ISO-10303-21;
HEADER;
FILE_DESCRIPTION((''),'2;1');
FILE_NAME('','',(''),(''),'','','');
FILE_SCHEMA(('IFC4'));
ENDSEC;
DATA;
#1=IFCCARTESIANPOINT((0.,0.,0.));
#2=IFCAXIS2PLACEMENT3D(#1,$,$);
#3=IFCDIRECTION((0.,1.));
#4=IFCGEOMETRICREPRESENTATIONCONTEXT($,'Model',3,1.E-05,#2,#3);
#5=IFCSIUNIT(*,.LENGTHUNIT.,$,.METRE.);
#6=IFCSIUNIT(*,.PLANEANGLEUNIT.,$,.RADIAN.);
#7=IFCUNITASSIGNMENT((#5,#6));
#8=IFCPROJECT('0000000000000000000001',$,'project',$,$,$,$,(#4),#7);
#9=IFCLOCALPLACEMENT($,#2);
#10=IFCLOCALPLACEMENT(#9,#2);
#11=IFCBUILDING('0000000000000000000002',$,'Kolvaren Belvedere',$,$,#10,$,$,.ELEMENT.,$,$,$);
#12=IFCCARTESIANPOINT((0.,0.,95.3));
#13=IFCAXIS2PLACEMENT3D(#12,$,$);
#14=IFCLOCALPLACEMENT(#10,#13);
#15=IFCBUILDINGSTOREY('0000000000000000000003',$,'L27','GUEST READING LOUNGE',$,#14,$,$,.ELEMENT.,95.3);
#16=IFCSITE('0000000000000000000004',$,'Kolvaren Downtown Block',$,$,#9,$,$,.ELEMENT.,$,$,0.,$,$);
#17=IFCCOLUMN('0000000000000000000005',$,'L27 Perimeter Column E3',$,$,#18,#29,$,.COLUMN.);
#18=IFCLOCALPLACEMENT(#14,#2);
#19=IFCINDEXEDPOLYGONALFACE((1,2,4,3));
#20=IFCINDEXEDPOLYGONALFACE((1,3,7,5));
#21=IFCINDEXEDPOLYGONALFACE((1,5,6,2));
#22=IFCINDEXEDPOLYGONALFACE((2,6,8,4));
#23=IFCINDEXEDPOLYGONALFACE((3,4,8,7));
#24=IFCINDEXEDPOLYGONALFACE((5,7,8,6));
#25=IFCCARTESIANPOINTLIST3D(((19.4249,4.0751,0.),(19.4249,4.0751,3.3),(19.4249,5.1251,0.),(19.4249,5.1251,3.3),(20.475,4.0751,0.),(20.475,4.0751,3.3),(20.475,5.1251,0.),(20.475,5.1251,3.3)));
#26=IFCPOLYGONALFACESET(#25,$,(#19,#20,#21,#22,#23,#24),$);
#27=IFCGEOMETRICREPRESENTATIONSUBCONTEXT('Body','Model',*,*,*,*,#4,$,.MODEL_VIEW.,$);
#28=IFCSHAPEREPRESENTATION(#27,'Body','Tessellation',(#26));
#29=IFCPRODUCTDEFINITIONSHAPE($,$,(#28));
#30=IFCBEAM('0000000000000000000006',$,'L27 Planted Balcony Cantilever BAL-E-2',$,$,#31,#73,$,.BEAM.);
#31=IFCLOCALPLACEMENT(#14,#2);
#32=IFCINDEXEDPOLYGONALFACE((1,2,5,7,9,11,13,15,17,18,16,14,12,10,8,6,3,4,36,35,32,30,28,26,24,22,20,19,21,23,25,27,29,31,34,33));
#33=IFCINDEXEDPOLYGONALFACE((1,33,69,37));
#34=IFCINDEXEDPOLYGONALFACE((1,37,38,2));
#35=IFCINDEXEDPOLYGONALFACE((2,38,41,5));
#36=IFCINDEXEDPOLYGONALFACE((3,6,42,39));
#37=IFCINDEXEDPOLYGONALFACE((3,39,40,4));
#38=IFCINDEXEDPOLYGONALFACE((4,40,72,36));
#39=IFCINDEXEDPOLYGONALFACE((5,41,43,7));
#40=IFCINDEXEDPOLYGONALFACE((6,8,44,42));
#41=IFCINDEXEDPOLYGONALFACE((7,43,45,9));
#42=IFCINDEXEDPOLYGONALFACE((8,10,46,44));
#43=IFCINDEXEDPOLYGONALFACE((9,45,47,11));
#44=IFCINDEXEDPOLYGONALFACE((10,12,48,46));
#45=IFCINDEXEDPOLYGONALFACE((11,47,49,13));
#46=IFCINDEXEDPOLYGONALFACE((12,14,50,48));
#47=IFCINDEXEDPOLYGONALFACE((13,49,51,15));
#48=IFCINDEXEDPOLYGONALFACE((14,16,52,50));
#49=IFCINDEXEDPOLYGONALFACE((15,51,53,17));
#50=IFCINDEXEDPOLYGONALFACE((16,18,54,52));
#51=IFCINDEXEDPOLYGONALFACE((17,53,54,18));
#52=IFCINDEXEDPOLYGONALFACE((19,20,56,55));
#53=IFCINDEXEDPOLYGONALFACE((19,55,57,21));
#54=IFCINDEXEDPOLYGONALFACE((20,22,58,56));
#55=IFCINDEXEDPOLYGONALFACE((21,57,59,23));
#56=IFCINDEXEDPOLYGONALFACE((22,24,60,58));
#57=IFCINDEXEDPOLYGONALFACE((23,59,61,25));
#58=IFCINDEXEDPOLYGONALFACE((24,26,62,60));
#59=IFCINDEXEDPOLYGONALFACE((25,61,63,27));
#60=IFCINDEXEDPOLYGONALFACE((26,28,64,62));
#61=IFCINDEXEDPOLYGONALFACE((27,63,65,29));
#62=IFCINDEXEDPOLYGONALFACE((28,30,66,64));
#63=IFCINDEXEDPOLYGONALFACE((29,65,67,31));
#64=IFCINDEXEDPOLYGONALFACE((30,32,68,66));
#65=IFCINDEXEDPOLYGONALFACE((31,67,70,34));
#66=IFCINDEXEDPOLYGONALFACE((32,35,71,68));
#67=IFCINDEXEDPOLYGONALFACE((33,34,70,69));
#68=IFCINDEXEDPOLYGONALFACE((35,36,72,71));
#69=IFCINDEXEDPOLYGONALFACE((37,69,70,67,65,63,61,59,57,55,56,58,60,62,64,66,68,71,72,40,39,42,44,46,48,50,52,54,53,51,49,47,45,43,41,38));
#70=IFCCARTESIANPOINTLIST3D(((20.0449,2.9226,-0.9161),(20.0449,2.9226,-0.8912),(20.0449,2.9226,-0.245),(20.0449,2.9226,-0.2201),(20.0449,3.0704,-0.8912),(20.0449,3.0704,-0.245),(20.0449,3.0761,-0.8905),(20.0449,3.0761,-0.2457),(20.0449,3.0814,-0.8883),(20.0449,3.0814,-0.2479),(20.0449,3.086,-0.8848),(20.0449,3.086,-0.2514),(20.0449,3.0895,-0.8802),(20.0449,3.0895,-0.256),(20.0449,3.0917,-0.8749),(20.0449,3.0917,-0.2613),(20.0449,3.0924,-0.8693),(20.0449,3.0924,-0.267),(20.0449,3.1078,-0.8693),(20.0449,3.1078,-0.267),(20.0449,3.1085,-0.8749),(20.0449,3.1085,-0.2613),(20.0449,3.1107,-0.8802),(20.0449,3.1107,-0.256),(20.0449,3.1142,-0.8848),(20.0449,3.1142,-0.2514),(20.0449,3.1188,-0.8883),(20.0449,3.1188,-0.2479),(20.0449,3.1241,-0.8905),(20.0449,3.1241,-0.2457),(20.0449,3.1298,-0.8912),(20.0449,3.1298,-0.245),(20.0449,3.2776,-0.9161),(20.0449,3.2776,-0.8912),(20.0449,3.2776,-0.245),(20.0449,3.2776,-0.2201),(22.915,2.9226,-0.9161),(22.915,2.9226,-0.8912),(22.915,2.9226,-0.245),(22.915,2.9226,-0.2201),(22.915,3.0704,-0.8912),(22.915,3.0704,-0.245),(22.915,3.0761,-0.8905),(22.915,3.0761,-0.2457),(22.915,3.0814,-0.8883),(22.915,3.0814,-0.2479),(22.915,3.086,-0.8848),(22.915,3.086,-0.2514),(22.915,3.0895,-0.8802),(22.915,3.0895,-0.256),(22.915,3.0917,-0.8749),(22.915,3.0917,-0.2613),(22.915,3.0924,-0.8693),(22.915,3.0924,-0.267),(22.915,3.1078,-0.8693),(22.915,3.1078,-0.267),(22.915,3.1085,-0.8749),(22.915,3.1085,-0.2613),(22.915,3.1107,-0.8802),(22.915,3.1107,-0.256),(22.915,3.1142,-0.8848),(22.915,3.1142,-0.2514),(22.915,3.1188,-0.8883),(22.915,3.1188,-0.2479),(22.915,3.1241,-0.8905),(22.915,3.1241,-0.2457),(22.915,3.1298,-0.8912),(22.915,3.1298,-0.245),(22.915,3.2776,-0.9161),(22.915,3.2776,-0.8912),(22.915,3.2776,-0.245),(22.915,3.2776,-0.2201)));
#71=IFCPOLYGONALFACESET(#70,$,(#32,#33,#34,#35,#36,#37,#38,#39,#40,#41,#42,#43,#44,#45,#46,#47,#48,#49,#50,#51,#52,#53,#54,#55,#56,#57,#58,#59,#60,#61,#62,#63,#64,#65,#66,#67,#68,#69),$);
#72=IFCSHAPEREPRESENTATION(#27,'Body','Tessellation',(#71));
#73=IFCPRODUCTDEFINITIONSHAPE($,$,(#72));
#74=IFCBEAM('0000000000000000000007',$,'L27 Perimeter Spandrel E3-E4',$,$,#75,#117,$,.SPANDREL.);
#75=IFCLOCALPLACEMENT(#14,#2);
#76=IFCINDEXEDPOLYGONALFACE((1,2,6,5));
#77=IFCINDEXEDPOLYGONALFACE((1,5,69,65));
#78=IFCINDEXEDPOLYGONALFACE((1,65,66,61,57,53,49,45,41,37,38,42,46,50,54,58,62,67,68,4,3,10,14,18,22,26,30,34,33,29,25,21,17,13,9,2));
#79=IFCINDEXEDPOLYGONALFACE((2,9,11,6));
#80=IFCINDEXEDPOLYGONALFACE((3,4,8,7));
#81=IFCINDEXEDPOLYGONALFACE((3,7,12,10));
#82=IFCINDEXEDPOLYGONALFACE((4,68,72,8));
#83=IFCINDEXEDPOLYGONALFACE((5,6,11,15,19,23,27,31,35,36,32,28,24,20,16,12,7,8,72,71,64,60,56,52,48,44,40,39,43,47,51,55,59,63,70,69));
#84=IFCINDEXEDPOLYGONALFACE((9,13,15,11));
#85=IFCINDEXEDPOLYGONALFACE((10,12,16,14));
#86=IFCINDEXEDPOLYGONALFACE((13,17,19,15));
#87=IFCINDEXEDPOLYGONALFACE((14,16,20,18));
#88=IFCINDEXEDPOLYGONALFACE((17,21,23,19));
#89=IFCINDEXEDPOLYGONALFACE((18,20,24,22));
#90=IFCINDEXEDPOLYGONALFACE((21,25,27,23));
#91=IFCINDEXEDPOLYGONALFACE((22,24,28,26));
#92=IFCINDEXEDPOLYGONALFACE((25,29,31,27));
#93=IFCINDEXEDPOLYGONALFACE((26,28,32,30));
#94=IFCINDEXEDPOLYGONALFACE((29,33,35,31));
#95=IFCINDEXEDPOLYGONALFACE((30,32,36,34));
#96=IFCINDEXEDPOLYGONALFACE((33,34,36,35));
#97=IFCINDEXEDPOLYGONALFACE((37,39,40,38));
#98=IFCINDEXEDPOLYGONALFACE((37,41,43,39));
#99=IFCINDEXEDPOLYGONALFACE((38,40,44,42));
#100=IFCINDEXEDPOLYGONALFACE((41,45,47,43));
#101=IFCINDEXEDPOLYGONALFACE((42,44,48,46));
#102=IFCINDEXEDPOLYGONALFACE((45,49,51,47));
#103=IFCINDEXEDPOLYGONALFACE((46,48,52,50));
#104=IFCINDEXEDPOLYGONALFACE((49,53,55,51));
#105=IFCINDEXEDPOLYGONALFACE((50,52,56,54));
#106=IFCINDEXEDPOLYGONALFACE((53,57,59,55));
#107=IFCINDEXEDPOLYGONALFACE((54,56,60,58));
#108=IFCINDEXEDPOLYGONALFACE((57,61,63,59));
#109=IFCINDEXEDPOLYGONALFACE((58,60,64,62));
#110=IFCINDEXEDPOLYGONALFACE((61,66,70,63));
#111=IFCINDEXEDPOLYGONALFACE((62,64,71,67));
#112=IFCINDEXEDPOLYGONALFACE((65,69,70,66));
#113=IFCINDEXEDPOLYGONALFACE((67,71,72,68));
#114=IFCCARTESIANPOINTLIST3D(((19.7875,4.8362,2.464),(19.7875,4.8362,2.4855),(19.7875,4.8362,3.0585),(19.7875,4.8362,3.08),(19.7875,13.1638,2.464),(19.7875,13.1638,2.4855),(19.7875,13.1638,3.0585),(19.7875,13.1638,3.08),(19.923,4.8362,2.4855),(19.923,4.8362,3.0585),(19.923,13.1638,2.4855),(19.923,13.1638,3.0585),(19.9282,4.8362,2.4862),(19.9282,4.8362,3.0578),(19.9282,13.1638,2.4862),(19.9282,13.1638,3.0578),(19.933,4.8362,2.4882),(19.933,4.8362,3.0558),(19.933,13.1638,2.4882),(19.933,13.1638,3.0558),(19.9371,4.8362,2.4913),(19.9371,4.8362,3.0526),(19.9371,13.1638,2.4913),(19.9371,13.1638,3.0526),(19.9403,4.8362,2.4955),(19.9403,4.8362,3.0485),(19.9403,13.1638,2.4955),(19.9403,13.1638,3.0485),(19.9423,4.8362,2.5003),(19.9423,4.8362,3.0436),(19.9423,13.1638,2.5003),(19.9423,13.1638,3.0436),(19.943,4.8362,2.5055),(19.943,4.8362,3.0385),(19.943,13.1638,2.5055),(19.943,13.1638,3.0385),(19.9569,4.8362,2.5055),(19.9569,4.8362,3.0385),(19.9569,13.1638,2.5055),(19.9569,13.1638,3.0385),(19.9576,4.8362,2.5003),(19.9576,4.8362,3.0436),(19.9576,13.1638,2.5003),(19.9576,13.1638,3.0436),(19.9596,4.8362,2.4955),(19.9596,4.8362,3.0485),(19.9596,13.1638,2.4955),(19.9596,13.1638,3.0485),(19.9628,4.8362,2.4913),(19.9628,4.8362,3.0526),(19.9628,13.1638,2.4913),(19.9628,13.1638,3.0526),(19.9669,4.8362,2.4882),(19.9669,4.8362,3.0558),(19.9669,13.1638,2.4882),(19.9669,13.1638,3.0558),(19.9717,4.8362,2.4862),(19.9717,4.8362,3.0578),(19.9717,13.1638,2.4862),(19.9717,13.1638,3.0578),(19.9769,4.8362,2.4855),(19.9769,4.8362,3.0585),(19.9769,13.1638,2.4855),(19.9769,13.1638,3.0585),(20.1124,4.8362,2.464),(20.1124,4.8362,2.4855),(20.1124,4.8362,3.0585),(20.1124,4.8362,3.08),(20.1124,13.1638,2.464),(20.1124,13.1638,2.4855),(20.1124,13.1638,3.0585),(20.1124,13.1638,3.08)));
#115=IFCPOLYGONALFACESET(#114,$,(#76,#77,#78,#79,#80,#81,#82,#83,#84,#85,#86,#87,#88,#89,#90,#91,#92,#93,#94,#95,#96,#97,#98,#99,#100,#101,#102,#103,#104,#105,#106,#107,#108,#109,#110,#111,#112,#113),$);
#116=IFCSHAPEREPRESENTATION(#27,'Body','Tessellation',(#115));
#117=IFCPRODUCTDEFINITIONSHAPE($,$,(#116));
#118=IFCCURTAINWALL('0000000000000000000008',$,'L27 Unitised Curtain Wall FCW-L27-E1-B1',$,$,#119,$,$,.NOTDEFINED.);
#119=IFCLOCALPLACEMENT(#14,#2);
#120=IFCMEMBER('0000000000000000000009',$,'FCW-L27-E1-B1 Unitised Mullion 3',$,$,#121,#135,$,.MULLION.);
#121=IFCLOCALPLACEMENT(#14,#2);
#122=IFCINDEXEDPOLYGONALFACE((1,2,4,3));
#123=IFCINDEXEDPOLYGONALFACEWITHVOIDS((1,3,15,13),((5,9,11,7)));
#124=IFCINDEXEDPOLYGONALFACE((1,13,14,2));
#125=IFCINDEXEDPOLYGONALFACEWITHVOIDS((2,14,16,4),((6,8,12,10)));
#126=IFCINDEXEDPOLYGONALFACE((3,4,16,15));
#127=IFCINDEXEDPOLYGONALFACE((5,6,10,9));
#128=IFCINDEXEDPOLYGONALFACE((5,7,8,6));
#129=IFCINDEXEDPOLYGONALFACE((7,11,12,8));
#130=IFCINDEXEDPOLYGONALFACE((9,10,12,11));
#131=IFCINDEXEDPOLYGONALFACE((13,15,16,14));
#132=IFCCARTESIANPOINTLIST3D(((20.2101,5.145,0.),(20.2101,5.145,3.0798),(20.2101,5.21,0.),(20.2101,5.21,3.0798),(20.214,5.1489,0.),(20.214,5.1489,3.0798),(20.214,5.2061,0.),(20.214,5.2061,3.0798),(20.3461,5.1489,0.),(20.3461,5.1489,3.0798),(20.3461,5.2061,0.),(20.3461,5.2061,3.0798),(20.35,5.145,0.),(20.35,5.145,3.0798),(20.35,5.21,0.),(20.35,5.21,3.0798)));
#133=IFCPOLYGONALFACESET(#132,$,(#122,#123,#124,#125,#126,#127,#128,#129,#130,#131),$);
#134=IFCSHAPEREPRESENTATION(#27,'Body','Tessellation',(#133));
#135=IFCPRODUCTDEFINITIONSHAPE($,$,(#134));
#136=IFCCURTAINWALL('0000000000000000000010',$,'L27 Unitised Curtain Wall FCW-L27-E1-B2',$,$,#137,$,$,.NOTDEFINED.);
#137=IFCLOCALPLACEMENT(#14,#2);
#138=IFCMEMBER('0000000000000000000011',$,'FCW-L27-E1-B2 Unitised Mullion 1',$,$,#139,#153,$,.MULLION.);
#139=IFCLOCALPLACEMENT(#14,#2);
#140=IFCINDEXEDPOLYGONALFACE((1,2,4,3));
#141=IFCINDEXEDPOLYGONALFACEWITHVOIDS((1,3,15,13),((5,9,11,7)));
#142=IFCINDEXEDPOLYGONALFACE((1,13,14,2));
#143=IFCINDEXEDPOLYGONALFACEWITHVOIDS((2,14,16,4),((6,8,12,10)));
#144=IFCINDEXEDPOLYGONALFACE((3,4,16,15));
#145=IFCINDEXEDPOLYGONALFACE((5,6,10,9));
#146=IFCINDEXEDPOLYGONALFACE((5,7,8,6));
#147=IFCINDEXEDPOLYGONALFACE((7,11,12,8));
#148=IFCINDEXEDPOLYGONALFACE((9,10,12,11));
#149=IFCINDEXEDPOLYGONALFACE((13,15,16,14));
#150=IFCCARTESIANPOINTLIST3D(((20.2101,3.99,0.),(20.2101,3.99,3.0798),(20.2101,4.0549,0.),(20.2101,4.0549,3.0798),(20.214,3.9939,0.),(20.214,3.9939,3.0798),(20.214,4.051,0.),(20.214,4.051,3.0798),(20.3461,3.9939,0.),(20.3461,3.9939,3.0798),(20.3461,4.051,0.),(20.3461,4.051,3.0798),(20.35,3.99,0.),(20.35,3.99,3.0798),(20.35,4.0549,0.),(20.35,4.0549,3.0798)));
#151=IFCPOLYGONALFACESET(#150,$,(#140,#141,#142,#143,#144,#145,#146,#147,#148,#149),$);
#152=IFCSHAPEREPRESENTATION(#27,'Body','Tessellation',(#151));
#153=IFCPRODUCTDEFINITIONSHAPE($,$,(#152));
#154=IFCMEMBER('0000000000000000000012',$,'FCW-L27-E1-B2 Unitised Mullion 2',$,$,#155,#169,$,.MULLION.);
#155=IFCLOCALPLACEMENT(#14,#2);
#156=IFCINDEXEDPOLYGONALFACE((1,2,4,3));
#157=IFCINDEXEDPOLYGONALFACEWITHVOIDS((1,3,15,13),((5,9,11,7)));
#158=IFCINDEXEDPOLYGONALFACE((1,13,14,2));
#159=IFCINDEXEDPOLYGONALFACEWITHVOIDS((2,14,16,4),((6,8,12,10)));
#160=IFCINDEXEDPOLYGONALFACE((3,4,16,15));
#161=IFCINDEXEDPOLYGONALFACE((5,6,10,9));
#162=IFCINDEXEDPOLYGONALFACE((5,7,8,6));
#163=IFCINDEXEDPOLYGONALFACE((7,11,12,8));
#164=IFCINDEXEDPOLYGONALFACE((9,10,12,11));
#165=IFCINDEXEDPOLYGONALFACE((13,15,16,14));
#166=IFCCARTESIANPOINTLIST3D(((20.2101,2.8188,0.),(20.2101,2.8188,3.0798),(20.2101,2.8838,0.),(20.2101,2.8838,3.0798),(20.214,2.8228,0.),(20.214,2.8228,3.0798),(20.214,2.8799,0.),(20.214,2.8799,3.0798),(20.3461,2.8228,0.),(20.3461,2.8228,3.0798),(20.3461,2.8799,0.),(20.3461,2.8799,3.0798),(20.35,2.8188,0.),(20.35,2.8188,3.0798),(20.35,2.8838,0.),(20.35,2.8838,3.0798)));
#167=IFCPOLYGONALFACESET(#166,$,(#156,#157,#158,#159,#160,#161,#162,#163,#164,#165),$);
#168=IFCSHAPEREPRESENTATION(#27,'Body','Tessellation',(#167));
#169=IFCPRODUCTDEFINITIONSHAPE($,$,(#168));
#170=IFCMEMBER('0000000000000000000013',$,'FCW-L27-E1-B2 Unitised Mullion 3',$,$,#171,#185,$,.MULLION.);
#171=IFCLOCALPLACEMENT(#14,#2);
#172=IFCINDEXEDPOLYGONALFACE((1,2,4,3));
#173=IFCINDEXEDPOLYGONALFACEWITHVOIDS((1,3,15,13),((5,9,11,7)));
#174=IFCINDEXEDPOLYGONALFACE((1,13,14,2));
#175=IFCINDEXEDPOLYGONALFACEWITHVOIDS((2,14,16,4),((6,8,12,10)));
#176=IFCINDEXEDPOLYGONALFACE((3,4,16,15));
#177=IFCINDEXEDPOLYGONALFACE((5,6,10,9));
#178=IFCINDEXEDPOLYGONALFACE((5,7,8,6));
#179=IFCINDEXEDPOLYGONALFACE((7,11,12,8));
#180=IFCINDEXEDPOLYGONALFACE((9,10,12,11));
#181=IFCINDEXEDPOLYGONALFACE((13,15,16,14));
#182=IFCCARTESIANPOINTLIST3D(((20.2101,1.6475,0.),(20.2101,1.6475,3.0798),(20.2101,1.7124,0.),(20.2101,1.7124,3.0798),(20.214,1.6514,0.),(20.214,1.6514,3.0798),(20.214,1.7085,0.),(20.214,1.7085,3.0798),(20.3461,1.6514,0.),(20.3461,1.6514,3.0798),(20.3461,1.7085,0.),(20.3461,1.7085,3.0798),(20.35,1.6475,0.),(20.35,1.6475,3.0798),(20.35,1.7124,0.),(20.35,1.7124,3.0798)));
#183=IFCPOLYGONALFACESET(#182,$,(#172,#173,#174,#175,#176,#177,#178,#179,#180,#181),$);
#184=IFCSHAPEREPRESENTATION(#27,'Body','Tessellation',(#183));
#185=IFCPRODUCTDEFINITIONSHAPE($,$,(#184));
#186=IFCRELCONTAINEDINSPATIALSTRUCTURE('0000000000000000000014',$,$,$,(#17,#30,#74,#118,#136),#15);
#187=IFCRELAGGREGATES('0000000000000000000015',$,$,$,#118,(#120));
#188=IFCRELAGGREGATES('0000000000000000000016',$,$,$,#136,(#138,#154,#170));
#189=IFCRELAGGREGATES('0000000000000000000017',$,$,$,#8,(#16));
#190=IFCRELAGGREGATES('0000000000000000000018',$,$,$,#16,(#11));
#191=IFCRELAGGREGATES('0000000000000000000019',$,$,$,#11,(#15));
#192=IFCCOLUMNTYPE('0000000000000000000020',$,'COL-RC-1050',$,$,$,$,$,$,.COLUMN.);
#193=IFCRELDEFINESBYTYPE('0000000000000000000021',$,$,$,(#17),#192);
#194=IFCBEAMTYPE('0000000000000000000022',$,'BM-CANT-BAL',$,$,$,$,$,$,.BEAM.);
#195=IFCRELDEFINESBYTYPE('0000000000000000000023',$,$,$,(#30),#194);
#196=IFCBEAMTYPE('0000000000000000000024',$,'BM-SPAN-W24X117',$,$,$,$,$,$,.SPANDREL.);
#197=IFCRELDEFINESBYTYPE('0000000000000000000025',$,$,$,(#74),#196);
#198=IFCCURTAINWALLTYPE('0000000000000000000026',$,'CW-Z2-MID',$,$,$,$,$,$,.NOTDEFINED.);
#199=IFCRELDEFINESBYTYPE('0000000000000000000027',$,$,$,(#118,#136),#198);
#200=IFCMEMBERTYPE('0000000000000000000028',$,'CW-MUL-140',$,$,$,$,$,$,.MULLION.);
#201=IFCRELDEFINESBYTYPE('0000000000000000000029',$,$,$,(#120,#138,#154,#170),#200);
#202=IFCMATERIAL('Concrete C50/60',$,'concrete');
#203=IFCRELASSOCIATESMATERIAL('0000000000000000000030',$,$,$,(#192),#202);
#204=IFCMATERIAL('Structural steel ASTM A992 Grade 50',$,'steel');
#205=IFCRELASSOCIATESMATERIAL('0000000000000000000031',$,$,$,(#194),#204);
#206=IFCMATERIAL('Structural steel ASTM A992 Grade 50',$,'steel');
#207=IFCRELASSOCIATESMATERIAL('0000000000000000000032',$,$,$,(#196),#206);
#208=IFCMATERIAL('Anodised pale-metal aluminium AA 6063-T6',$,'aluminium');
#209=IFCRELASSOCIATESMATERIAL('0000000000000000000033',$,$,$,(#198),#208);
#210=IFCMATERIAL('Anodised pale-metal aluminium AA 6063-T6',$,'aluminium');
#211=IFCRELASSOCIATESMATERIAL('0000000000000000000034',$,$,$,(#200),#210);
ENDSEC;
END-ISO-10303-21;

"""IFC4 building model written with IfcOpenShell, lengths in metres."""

from ifc_helpers import new_model, si_unit, direction, frame, origin, origin_2d, place, context, subcontext, project, spatial, rectangle, hollow_rectangle, i_section, extrude, material, material_profile, profile_set, type_object, element, aggregate, save


model = new_model("IFC4")

# Units and contexts
model_context = context("Model", 3, precision=1e-05, world=origin(), true_north=direction((0.0, 1.0)))
body_context = subcontext(model_context, "Body", "Model", "MODEL_VIEW")
ifc_project = project(units=[si_unit("LENGTHUNIT", "METRE"), si_unit("PLANEANGLEUNIT", "RADIAN")], contexts=[model_context])

# Site, building, storey
site_placement = place(None, origin())
site = spatial("IfcSite", under=ifc_project, at=site_placement, Name="Kolvaren Downtown Block", CompositionType="ELEMENT", RefElevation=0.0)
building_placement = place(site_placement, origin())
building = spatial("IfcBuilding", under=site, at=building_placement, Name="Kolvaren Belvedere", CompositionType="ELEMENT")
storey_placement = place(building_placement, frame((0.0, 0.0, 95.3)))
storey = spatial("IfcBuildingStorey", under=building, at=storey_placement, Name="L27", Description="GUEST READING LOUNGE", CompositionType="ELEMENT", Elevation=95.3)

# Column
ifc_material_1 = material(Name="Concrete C50/60", Category="concrete")
ifc_material_profile_1 = material_profile(ifc_material_1, rectangle(XDim=1.05, YDim=1.05, at=origin_2d()), Name="RC 1050X1050")
ifc_profile_set_1 = profile_set([ifc_material_profile_1], Name="Concrete C50/60")
column_type = type_object("IfcColumnType", Name="COL-RC-1050", PredefinedType="COLUMN", material=ifc_profile_set_1)
column_placement = place(storey_placement, frame((19.95, 4.6001, 0.0), z_axis=(0.0, 0.0, 1.0), x_axis=(1.0, 0.0, 0.0)))
element("IfcColumn", 1, at=column_placement, inside=storey, type_object=column_type, Name="L27 Perimeter Column E3", PredefinedType="COLUMN", context=body_context, shape_type="SweptSolid", body=[
    extrude(rectangle(XDim=1.05, YDim=1.05, at=origin_2d()), origin(), (0.0, 0.0, 1.0), 3.3),
])

# Beams
ifc_material_2 = material(Name="Structural steel ASTM A992 Grade 50", Category="steel")
ifc_material_profile_2 = material_profile(ifc_material_2, i_section(OverallWidth=0.355, OverallDepth=0.696, WebThickness=0.0154, FlangeThickness=0.0249, FilletRadius=0.022, at=origin_2d()), Name="W27X146")
ifc_profile_set_2 = profile_set([ifc_material_profile_2], Name="Structural steel ASTM A992 Grade 50")
beam_type_1 = type_object("IfcBeamType", Name="BM-CANT-BAL", PredefinedType="BEAM", material=ifc_profile_set_2)
beam_1_placement = place(storey_placement, frame((20.0449, 3.1001, -0.5681), z_axis=(1.0, 0.0, 0.0), x_axis=(0.0, 1.0, 0.0)))
element("IfcBeam", 2, at=beam_1_placement, inside=storey, type_object=beam_type_1, Name="L27 Planted Balcony Cantilever BAL-E-2", PredefinedType="BEAM", context=body_context, shape_type="SweptSolid", body=[
    extrude(i_section(OverallWidth=0.355, OverallDepth=0.696, WebThickness=0.0154, FlangeThickness=0.0249, FilletRadius=0.022, at=origin_2d()), origin(), (0.0, 0.0, 1.0), 2.8701),
])
ifc_material_3 = material(Name="Structural steel ASTM A992 Grade 50", Category="steel")
ifc_material_profile_3 = material_profile(ifc_material_3, i_section(OverallWidth=0.325, OverallDepth=0.616, WebThickness=0.0139, FlangeThickness=0.0215, FilletRadius=0.02, at=origin_2d()), Name="W24X117")
ifc_profile_set_3 = profile_set([ifc_material_profile_3], Name="Structural steel ASTM A992 Grade 50")
beam_type_2 = type_object("IfcBeamType", Name="BM-SPAN-W24X117", PredefinedType="SPANDREL", material=ifc_profile_set_3)
beam_2_placement = place(storey_placement, frame((19.95, 4.8362, 2.772), z_axis=(0.0, 1.0, 0.0), x_axis=(-1.0, 0.0, 0.0)))
element("IfcBeam", 3, at=beam_2_placement, inside=storey, type_object=beam_type_2, Name="L27 Perimeter Spandrel E3-E4", PredefinedType="SPANDREL", context=body_context, shape_type="SweptSolid", body=[
    extrude(i_section(OverallWidth=0.325, OverallDepth=0.616, WebThickness=0.0139, FlangeThickness=0.0215, FilletRadius=0.02, at=origin_2d()), origin(), (0.0, 0.0, 1.0), 8.3276),
])

# Curtain wall, member
ifc_material_4 = material(Name="Anodised pale-metal aluminium AA 6063-T6", Category="aluminium")
curtain_wall_type = type_object("IfcCurtainWallType", Name="CW-Z2-MID", PredefinedType="NOTDEFINED", material=ifc_material_4)
curtain_wall_1_placement = place(storey_placement, origin())
curtain_wall_1 = element("IfcCurtainWall", 4, at=curtain_wall_1_placement, inside=storey, type_object=curtain_wall_type, Name="L27 Unitised Curtain Wall FCW-L27-E1-B1", PredefinedType="NOTDEFINED")
ifc_material_5 = material(Name="Anodised pale-metal aluminium AA 6063-T6", Category="aluminium")
ifc_material_profile_4 = material_profile(ifc_material_5, hollow_rectangle(XDim=0.0649, YDim=0.1399, WallThickness=0.0039, at=origin_2d()), Name="ALU-MUL-140X65")
ifc_profile_set_4 = profile_set([ifc_material_profile_4], Name="Anodised pale-metal aluminium AA 6063-T6")
member_type_1 = type_object("IfcMemberType", Name="CW-MUL-140", PredefinedType="MULLION", material=ifc_profile_set_4)
member_1_placement = place(storey_placement, frame((20.28, 5.1775, 0.0), z_axis=(0.0, 0.0, 1.0), x_axis=(0.0, 1.0, 0.0)))
member_1 = element("IfcMember", 5, at=member_1_placement, type_object=member_type_1, Name="FCW-L27-E1-B1 Unitised Mullion 3", PredefinedType="MULLION", context=body_context, shape_type="SweptSolid", body=[
    extrude(hollow_rectangle(XDim=0.0649, YDim=0.1399, WallThickness=0.0039, at=origin_2d()), origin(), (0.0, 0.0, 1.0), 3.0798),
])
aggregate(curtain_wall_1, [member_1])

# Curtain wall, members
curtain_wall_2_placement = place(storey_placement, origin())
curtain_wall_2 = element("IfcCurtainWall", 6, at=curtain_wall_2_placement, inside=storey, type_object=curtain_wall_type, Name="L27 Unitised Curtain Wall FCW-L27-E1-B2", PredefinedType="NOTDEFINED")
member_2_placement = place(storey_placement, frame((20.28, 4.0225, 0.0), z_axis=(0.0, 0.0, 1.0), x_axis=(0.0, 1.0, 0.0)))
member_2 = element("IfcMember", 7, at=member_2_placement, type_object=member_type_1, Name="FCW-L27-E1-B2 Unitised Mullion 1", PredefinedType="MULLION", context=body_context, shape_type="SweptSolid", body=[
    extrude(hollow_rectangle(XDim=0.0649, YDim=0.1399, WallThickness=0.0039, at=origin_2d()), origin(), (0.0, 0.0, 1.0), 3.0798),
])
member_3_placement = place(storey_placement, frame((20.28, 2.8513, 0.0), z_axis=(0.0, 0.0, 1.0), x_axis=(0.0, 1.0, 0.0)))
member_3 = element("IfcMember", 8, at=member_3_placement, type_object=member_type_1, Name="FCW-L27-E1-B2 Unitised Mullion 2", PredefinedType="MULLION", context=body_context, shape_type="SweptSolid", body=[
    extrude(hollow_rectangle(XDim=0.0649, YDim=0.1399, WallThickness=0.0039, at=origin_2d()), origin(), (0.0, 0.0, 1.0), 3.0798),
])
member_4_placement = place(storey_placement, frame((20.28, 1.6799, 0.0), z_axis=(0.0, 0.0, 1.0), x_axis=(0.0, 1.0, 0.0)))
member_4 = element("IfcMember", 9, at=member_4_placement, type_object=member_type_1, Name="FCW-L27-E1-B2 Unitised Mullion 3", PredefinedType="MULLION", context=body_context, shape_type="SweptSolid", body=[
    extrude(hollow_rectangle(XDim=0.0649, YDim=0.1399, WallThickness=0.0039, at=origin_2d()), origin(), (0.0, 0.0, 1.0), 3.0798),
])
aggregate(curtain_wall_2, [member_2, member_3, member_4])

save(model, "model.ifc")
